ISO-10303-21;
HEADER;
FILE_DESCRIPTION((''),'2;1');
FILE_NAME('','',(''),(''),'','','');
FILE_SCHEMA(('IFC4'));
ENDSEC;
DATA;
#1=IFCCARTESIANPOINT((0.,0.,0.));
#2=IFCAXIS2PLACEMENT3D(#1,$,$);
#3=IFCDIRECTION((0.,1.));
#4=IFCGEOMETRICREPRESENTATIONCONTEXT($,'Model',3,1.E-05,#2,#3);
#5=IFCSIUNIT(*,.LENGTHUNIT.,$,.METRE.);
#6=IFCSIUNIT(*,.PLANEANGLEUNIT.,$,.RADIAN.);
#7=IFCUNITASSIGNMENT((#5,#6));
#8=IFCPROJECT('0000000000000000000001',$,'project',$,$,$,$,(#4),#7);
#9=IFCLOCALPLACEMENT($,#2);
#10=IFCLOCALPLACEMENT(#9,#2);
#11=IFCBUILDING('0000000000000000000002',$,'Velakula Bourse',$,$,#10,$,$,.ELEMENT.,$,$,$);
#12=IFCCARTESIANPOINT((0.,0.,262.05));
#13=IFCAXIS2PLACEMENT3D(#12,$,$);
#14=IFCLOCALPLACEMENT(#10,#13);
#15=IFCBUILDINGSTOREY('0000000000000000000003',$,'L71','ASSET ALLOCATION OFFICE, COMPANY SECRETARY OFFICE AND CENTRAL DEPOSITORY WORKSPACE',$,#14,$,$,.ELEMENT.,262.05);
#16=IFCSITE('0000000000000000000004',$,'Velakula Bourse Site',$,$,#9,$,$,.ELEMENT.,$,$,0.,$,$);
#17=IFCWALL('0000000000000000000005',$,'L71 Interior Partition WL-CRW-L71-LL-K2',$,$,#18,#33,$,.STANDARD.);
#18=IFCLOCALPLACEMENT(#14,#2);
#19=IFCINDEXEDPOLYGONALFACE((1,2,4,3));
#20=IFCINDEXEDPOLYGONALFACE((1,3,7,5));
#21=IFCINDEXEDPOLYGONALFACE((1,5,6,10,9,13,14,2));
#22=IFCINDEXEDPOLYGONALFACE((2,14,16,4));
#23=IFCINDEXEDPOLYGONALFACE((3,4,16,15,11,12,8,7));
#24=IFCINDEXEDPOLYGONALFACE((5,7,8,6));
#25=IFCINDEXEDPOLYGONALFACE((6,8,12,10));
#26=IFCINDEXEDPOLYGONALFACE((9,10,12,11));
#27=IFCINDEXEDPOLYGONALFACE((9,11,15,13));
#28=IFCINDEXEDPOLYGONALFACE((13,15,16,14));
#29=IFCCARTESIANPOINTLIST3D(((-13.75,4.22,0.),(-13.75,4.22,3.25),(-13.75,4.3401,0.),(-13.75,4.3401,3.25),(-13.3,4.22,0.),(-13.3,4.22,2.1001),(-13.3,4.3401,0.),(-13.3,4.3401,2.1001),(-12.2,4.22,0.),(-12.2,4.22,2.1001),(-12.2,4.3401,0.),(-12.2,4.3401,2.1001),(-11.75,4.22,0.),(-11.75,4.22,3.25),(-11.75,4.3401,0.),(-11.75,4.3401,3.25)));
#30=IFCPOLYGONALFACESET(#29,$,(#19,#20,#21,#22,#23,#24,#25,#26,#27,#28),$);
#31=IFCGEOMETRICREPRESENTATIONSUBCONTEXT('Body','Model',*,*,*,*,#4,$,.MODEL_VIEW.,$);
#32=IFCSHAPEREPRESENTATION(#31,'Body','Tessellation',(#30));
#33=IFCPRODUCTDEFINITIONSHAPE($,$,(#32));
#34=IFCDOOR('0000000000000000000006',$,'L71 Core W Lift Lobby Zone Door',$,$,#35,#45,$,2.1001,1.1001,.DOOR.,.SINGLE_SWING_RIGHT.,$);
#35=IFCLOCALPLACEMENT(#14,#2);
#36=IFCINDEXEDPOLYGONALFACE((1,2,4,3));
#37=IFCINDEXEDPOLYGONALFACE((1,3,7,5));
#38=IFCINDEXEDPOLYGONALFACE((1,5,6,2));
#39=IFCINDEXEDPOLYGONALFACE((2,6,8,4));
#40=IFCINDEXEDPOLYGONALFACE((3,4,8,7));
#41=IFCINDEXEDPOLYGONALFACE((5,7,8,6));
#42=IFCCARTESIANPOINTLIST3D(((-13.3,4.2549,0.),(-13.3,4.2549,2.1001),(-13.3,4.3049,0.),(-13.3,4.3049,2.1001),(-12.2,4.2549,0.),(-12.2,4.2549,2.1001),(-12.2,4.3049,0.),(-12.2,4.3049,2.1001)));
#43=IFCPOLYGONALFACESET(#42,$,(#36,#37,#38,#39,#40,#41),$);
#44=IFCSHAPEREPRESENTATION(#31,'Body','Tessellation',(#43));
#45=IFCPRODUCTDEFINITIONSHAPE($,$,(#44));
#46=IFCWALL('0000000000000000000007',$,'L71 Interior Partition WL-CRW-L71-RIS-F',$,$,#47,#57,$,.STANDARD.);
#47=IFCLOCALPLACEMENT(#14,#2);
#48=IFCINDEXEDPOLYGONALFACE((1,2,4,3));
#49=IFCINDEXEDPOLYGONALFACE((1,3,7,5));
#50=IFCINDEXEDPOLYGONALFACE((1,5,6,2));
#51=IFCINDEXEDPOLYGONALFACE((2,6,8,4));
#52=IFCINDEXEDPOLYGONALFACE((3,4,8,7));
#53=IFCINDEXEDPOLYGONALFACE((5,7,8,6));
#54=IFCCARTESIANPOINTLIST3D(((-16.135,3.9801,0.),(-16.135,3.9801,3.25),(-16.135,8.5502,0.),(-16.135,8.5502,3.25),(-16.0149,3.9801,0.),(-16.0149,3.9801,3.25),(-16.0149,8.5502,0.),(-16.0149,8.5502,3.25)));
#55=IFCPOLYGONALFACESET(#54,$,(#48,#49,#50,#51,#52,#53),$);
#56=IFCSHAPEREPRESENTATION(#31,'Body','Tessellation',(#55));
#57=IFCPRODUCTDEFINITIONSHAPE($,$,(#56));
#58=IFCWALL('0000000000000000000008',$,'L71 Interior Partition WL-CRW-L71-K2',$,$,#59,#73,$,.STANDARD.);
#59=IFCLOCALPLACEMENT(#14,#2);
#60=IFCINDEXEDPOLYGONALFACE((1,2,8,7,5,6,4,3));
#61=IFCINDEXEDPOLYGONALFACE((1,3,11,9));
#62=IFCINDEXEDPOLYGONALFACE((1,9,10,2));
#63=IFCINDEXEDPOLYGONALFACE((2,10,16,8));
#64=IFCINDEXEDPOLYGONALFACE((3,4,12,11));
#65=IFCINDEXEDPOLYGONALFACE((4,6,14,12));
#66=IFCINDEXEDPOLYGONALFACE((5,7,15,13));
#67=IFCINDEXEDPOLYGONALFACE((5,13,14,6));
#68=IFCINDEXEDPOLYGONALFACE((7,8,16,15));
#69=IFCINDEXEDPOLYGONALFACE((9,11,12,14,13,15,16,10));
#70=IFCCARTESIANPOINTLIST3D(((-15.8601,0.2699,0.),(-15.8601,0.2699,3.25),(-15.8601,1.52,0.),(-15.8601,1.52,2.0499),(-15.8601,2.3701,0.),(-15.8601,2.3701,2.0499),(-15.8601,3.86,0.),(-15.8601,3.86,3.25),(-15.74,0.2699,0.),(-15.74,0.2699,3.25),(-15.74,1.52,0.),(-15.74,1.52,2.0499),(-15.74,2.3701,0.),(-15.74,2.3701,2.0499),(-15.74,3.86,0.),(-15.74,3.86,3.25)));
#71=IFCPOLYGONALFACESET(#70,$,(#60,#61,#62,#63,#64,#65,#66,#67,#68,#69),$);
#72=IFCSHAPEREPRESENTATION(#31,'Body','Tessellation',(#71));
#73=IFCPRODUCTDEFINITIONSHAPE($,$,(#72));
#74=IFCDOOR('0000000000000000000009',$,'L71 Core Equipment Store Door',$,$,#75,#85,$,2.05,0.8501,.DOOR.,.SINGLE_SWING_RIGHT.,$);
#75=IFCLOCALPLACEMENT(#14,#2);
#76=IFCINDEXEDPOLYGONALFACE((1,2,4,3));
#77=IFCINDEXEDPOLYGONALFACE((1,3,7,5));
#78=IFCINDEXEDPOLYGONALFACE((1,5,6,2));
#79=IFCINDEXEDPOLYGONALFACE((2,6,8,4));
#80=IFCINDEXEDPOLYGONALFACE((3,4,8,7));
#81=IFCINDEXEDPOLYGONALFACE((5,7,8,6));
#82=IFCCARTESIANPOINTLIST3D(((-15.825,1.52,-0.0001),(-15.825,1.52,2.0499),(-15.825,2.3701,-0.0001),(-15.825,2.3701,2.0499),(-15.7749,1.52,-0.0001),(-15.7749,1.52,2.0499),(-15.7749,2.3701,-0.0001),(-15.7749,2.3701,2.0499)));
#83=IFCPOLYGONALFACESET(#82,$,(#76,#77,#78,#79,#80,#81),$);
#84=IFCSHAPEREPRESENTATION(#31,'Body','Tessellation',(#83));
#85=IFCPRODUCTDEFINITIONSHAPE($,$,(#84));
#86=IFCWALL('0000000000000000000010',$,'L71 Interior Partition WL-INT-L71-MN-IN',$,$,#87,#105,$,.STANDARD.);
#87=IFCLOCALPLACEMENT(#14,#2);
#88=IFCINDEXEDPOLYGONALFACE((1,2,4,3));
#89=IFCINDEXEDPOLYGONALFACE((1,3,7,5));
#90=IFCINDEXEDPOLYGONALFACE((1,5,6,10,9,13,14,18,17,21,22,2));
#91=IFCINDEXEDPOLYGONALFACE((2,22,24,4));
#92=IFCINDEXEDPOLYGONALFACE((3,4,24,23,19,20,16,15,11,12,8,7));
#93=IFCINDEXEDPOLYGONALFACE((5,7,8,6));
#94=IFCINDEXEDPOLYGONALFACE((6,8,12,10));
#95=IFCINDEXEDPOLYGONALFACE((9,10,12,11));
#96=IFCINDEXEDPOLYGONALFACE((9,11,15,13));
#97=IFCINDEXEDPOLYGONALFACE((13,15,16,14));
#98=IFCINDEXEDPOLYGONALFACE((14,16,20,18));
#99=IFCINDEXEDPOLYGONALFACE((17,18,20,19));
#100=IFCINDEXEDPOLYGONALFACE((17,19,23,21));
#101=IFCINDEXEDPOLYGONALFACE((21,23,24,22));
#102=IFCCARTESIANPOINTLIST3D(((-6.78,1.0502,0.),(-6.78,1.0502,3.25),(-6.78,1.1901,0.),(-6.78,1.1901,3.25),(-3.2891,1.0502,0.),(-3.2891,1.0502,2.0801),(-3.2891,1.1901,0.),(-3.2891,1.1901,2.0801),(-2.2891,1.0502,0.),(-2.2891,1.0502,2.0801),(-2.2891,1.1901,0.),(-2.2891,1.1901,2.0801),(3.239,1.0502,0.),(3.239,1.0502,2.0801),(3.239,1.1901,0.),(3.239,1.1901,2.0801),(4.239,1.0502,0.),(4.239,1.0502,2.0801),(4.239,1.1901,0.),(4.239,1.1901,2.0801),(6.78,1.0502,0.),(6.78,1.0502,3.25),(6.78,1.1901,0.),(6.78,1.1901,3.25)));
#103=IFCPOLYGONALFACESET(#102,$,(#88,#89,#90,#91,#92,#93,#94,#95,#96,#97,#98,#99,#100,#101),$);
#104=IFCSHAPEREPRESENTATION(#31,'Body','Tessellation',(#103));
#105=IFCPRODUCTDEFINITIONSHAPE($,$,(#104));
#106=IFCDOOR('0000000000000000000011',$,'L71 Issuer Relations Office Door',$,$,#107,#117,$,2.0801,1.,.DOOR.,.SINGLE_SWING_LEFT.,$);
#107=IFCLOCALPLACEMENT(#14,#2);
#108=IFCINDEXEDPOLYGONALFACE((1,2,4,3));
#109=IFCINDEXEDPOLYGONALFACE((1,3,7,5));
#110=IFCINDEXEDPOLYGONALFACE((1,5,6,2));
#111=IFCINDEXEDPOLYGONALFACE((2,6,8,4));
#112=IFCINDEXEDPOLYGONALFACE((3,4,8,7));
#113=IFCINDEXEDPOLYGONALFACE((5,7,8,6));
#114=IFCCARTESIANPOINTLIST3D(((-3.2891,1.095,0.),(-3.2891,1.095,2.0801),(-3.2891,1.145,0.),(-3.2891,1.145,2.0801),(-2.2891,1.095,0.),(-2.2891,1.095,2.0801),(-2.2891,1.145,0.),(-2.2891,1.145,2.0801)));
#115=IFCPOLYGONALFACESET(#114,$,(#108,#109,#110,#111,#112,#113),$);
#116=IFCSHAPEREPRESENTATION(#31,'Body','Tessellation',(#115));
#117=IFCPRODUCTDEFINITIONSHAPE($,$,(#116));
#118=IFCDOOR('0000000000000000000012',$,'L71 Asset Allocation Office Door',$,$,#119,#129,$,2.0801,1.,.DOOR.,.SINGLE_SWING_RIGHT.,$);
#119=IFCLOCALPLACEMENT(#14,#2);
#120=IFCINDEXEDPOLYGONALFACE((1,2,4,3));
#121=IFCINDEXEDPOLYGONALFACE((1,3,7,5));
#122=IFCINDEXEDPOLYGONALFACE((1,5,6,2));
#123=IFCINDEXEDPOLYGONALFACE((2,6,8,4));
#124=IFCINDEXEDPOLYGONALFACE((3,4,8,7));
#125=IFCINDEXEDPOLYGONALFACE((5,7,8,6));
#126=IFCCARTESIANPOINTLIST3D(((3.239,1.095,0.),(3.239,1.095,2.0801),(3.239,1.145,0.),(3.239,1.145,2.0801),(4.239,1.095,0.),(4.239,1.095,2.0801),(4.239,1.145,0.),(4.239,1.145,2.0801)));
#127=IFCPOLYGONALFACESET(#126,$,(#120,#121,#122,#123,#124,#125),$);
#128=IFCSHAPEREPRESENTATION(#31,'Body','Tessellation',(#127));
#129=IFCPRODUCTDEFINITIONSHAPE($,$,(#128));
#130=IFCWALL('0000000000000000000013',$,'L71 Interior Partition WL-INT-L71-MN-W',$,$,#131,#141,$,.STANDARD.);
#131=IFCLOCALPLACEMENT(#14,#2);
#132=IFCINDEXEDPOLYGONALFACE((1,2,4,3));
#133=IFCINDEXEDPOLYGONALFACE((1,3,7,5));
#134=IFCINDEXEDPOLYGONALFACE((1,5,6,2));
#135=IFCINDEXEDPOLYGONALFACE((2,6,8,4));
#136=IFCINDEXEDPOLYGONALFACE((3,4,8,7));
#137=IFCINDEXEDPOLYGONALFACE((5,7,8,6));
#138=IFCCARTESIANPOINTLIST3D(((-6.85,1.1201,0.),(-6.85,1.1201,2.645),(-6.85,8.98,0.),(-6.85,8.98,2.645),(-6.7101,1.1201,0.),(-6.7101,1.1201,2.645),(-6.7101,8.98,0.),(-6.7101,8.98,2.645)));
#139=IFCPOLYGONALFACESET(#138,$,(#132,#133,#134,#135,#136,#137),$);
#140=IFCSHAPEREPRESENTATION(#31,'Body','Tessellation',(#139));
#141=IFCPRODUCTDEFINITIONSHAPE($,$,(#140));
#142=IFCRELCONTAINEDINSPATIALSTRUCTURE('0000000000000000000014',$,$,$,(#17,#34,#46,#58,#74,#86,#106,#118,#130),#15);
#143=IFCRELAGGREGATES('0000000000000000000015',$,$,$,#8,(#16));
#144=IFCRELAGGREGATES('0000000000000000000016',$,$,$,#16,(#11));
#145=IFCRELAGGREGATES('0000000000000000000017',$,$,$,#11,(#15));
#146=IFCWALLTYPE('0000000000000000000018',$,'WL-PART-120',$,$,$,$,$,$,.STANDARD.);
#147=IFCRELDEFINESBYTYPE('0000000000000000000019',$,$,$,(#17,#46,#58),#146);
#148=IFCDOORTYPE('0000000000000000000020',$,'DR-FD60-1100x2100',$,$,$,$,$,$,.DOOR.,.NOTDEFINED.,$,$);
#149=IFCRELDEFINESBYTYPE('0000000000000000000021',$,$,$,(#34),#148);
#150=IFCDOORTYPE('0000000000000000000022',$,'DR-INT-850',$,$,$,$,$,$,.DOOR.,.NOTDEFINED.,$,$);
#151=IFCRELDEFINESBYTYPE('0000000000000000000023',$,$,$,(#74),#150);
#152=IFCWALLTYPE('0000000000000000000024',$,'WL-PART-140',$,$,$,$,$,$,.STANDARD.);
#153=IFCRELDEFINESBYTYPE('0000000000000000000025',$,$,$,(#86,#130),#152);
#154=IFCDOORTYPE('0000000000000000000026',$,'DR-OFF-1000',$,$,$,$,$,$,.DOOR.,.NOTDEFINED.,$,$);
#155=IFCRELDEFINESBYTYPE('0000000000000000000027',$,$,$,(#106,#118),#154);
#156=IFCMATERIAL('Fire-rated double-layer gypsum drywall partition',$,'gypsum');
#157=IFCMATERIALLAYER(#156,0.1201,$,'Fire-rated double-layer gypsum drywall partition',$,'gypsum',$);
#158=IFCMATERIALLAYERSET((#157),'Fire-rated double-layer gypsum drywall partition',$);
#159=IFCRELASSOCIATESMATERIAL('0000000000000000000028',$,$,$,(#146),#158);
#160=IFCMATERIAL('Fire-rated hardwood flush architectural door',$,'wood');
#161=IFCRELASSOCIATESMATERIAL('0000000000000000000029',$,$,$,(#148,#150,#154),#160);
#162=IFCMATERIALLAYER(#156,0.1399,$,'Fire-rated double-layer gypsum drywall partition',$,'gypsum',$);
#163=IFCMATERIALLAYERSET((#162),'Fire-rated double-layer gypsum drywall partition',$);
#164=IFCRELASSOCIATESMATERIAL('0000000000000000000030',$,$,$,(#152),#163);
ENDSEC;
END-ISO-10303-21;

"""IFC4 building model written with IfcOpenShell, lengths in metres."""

from ifc_helpers import new_model, si_unit, direction, frame, frame_2d, origin, place, context, subcontext, project, spatial, rectangle, extrude, material, layer, layer_set, type_object, element, fill, save


model = new_model("IFC4")

# Units and contexts
model_context = context("Model", 3, precision=1e-05, world=origin(), true_north=direction((0.0, 1.0)))
body_context = subcontext(model_context, "Body", "Model", "MODEL_VIEW")
ifc_project = project(units=[si_unit("LENGTHUNIT", "METRE"), si_unit("PLANEANGLEUNIT", "RADIAN")], contexts=[model_context])

# Site, building, storey
site_placement = place(None, origin())
site = spatial("IfcSite", under=ifc_project, at=site_placement, Name="Velakula Bourse Site", CompositionType="ELEMENT", RefElevation=0.0)
building_placement = place(site_placement, origin())
building = spatial("IfcBuilding", under=site, at=building_placement, Name="Velakula Bourse", CompositionType="ELEMENT")
storey_placement = place(building_placement, frame((0.0, 0.0, 262.05)))
storey = spatial("IfcBuildingStorey", under=building, at=storey_placement, Name="L71", Description="ASSET ALLOCATION OFFICE, COMPANY SECRETARY OFFICE AND CENTRAL DEPOSITORY WORKSPACE", CompositionType="ELEMENT", Elevation=262.05)

# Wall, opening, door
ifc_material_1 = material(Name="Fire-rated double-layer gypsum drywall partition", Category="gypsum")
ifc_layer_1 = layer(ifc_material_1, 0.1201, Name="Fire-rated double-layer gypsum drywall partition", Category="gypsum")
ifc_layer_set_1 = layer_set([ifc_layer_1], Name="Fire-rated double-layer gypsum drywall partition")
wall_type_1 = type_object("IfcWallType", Name="WL-PART-120", PredefinedType="STANDARD", material=ifc_layer_set_1)
wall_1_placement = place(storey_placement, frame((-13.75, 4.28, 0.0), z_axis=(0.0, 0.0, 1.0), x_axis=(1.0, 0.0, 0.0)))
wall_1 = element("IfcWall", 1, at=wall_1_placement, inside=storey, type_object=wall_type_1, Name="L71 Interior Partition WL-CRW-L71-LL-K2", PredefinedType="STANDARD", context=body_context, shape_type="SweptSolid", body=[
    extrude(rectangle(XDim=2.0, YDim=0.1201, at=frame_2d((1.0, 0.0))), origin(), (0.0, 0.0, 1.0), 3.25),
])
opening_1_placement = place(wall_1_placement, frame((0.45, 0.0, 0.0)))
opening_1 = element("IfcOpeningElement", 2, at=opening_1_placement, cuts=wall_1, PredefinedType="OPENING", context=body_context, shape_type="SweptSolid", body=[
    extrude(rectangle(XDim=1.1001, YDim=2.1001, at=frame_2d((0.55, 1.05))), frame((0.0, 0.0701, 0.0), z_axis=(0.0, -1.0, 0.0), x_axis=(1.0, 0.0, 0.0)), (0.0, 0.0, 1.0), 0.1401),
])
ifc_material_2 = material(Name="Fire-rated hardwood flush architectural door", Category="wood")
door_type_1 = type_object("IfcDoorType", Name="DR-FD60-1100x2100", OperationType="NOTDEFINED", PredefinedType="DOOR", material=ifc_material_2)
door_1_placement = place(opening_1_placement, origin())
door_1 = element("IfcDoor", 3, at=door_1_placement, inside=storey, type_object=door_type_1, Name="L71 Core W Lift Lobby Zone Door", OperationType="SINGLE_SWING_RIGHT", OverallHeight=2.1001, OverallWidth=1.1001, PredefinedType="DOOR", context=body_context, shape_type="SweptSolid", body=[
    extrude(rectangle(XDim=1.1001, YDim=2.1001, at=frame_2d((0.55, 1.05))), frame((0.0, 0.0249, 0.0), z_axis=(0.0, -1.0, 0.0), x_axis=(1.0, 0.0, 0.0)), (0.0, 0.0, 1.0), 0.05),
])
fill(opening_1, door_1)

# Wall
wall_2_placement = place(storey_placement, frame((-16.075, 3.98, 0.0), z_axis=(0.0, 0.0, 1.0), x_axis=(0.0, 1.0, 0.0)))
element("IfcWall", 4, at=wall_2_placement, inside=storey, type_object=wall_type_1, Name="L71 Interior Partition WL-CRW-L71-RIS-F", PredefinedType="STANDARD", context=body_context, shape_type="SweptSolid", body=[
    extrude(rectangle(XDim=4.5701, YDim=0.1201, at=frame_2d((2.2852, 0.0))), origin(), (0.0, 0.0, 1.0), 3.25),
])

# Wall, opening, door
wall_3_placement = place(storey_placement, frame((-15.8, 0.27, 0.0), z_axis=(0.0, 0.0, 1.0), x_axis=(0.0, 1.0, 0.0)))
wall_3 = element("IfcWall", 5, at=wall_3_placement, inside=storey, type_object=wall_type_1, Name="L71 Interior Partition WL-CRW-L71-K2", PredefinedType="STANDARD", context=body_context, shape_type="SweptSolid", body=[
    extrude(rectangle(XDim=3.5901, YDim=0.1201, at=frame_2d((1.7949, 0.0))), origin(), (0.0, 0.0, 1.0), 3.25),
])
opening_2_placement = place(wall_3_placement, frame((1.25, 0.0, 0.0)))
opening_2 = element("IfcOpeningElement", 6, at=opening_2_placement, cuts=wall_3, PredefinedType="OPENING", context=body_context, shape_type="SweptSolid", body=[
    extrude(rectangle(XDim=0.8501, YDim=2.05, at=frame_2d((0.425, 1.0249))), frame((0.0, 0.0701, 0.0), z_axis=(0.0, -1.0, 0.0), x_axis=(1.0, 0.0, 0.0)), (0.0, 0.0, 1.0), 0.1401),
])
door_type_2 = type_object("IfcDoorType", Name="DR-INT-850", OperationType="NOTDEFINED", PredefinedType="DOOR", material=ifc_material_2)
door_2_placement = place(opening_2_placement, origin())
door_2 = element("IfcDoor", 7, at=door_2_placement, inside=storey, type_object=door_type_2, Name="L71 Core Equipment Store Door", OperationType="SINGLE_SWING_RIGHT", OverallHeight=2.05, OverallWidth=0.8501, PredefinedType="DOOR", context=body_context, shape_type="SweptSolid", body=[
    extrude(rectangle(XDim=0.8501, YDim=2.05, at=frame_2d((0.425, 1.0249))), frame((0.0, 0.0249, 0.0), z_axis=(0.0, -1.0, 0.0), x_axis=(1.0, 0.0, 0.0)), (0.0, 0.0, 1.0), 0.05),
])
fill(opening_2, door_2)

# Wall, openings, doors
ifc_layer_2 = layer(ifc_material_1, 0.1399, Name="Fire-rated double-layer gypsum drywall partition", Category="gypsum")
ifc_layer_set_2 = layer_set([ifc_layer_2], Name="Fire-rated double-layer gypsum drywall partition")
wall_type_2 = type_object("IfcWallType", Name="WL-PART-140", PredefinedType="STANDARD", material=ifc_layer_set_2)
wall_4_placement = place(storey_placement, frame((-6.78, 1.1201, 0.0), z_axis=(0.0, 0.0, 1.0), x_axis=(1.0, 0.0, 0.0)))
wall_4 = element("IfcWall", 8, at=wall_4_placement, inside=storey, type_object=wall_type_2, Name="L71 Interior Partition WL-INT-L71-MN-IN", PredefinedType="STANDARD", context=body_context, shape_type="SweptSolid", body=[
    extrude(rectangle(XDim=13.5601, YDim=0.1399, at=frame_2d((6.78, 0.0))), origin(), (0.0, 0.0, 1.0), 3.25),
])
opening_3_placement = place(wall_4_placement, frame((3.491, 0.0, 0.0)))
opening_3 = element("IfcOpeningElement", 9, at=opening_3_placement, cuts=wall_4, PredefinedType="OPENING", context=body_context, shape_type="SweptSolid", body=[
    extrude(rectangle(XDim=1.0, YDim=2.0801, at=frame_2d((0.5, 1.04))), frame((0.0, 0.0798, 0.0), z_axis=(0.0, -1.0, 0.0), x_axis=(1.0, 0.0, 0.0)), (0.0, 0.0, 1.0), 0.1599),
])
opening_4_placement = place(wall_4_placement, frame((10.019, 0.0, 0.0)))
opening_4 = element("IfcOpeningElement", 10, at=opening_4_placement, cuts=wall_4, PredefinedType="OPENING", context=body_context, shape_type="SweptSolid", body=[
    extrude(rectangle(XDim=1.0, YDim=2.0801, at=frame_2d((0.5, 1.04))), frame((0.0, 0.0798, 0.0), z_axis=(0.0, -1.0, 0.0), x_axis=(1.0, 0.0, 0.0)), (0.0, 0.0, 1.0), 0.1599),
])
door_type_3 = type_object("IfcDoorType", Name="DR-OFF-1000", OperationType="NOTDEFINED", PredefinedType="DOOR", material=ifc_material_2)
door_3_placement = place(opening_3_placement, origin())
door_3 = element("IfcDoor", 11, at=door_3_placement, inside=storey, type_object=door_type_3, Name="L71 Issuer Relations Office Door", OperationType="SINGLE_SWING_LEFT", OverallHeight=2.0801, OverallWidth=1.0, PredefinedType="DOOR", context=body_context, shape_type="SweptSolid", body=[
    extrude(rectangle(XDim=1.0, YDim=2.0801, at=frame_2d((0.5, 1.04))), frame((0.0, 0.0249, 0.0), z_axis=(0.0, -1.0, 0.0), x_axis=(1.0, 0.0, 0.0)), (0.0, 0.0, 1.0), 0.05),
])
fill(opening_3, door_3)
door_4_placement = place(opening_4_placement, origin())
door_4 = element("IfcDoor", 12, at=door_4_placement, inside=storey, type_object=door_type_3, Name="L71 Asset Allocation Office Door", OperationType="SINGLE_SWING_RIGHT", OverallHeight=2.0801, OverallWidth=1.0, PredefinedType="DOOR", context=body_context, shape_type="SweptSolid", body=[
    extrude(rectangle(XDim=1.0, YDim=2.0801, at=frame_2d((0.5, 1.04))), frame((0.0, 0.0249, 0.0), z_axis=(0.0, -1.0, 0.0), x_axis=(1.0, 0.0, 0.0)), (0.0, 0.0, 1.0), 0.05),
])
fill(opening_4, door_4)

# Wall
wall_5_placement = place(storey_placement, frame((-6.78, 1.1201, 0.0), z_axis=(0.0, 0.0, 1.0), x_axis=(0.0, 1.0, 0.0)))
element("IfcWall", 13, at=wall_5_placement, inside=storey, type_object=wall_type_2, Name="L71 Interior Partition WL-INT-L71-MN-W", PredefinedType="STANDARD", context=body_context, shape_type="SweptSolid", body=[
    extrude(rectangle(XDim=7.8599, YDim=0.1399, at=frame_2d((3.9299, 0.0))), origin(), (0.0, 0.0, 1.0), 2.645),
])

save(model, "model.ifc")
